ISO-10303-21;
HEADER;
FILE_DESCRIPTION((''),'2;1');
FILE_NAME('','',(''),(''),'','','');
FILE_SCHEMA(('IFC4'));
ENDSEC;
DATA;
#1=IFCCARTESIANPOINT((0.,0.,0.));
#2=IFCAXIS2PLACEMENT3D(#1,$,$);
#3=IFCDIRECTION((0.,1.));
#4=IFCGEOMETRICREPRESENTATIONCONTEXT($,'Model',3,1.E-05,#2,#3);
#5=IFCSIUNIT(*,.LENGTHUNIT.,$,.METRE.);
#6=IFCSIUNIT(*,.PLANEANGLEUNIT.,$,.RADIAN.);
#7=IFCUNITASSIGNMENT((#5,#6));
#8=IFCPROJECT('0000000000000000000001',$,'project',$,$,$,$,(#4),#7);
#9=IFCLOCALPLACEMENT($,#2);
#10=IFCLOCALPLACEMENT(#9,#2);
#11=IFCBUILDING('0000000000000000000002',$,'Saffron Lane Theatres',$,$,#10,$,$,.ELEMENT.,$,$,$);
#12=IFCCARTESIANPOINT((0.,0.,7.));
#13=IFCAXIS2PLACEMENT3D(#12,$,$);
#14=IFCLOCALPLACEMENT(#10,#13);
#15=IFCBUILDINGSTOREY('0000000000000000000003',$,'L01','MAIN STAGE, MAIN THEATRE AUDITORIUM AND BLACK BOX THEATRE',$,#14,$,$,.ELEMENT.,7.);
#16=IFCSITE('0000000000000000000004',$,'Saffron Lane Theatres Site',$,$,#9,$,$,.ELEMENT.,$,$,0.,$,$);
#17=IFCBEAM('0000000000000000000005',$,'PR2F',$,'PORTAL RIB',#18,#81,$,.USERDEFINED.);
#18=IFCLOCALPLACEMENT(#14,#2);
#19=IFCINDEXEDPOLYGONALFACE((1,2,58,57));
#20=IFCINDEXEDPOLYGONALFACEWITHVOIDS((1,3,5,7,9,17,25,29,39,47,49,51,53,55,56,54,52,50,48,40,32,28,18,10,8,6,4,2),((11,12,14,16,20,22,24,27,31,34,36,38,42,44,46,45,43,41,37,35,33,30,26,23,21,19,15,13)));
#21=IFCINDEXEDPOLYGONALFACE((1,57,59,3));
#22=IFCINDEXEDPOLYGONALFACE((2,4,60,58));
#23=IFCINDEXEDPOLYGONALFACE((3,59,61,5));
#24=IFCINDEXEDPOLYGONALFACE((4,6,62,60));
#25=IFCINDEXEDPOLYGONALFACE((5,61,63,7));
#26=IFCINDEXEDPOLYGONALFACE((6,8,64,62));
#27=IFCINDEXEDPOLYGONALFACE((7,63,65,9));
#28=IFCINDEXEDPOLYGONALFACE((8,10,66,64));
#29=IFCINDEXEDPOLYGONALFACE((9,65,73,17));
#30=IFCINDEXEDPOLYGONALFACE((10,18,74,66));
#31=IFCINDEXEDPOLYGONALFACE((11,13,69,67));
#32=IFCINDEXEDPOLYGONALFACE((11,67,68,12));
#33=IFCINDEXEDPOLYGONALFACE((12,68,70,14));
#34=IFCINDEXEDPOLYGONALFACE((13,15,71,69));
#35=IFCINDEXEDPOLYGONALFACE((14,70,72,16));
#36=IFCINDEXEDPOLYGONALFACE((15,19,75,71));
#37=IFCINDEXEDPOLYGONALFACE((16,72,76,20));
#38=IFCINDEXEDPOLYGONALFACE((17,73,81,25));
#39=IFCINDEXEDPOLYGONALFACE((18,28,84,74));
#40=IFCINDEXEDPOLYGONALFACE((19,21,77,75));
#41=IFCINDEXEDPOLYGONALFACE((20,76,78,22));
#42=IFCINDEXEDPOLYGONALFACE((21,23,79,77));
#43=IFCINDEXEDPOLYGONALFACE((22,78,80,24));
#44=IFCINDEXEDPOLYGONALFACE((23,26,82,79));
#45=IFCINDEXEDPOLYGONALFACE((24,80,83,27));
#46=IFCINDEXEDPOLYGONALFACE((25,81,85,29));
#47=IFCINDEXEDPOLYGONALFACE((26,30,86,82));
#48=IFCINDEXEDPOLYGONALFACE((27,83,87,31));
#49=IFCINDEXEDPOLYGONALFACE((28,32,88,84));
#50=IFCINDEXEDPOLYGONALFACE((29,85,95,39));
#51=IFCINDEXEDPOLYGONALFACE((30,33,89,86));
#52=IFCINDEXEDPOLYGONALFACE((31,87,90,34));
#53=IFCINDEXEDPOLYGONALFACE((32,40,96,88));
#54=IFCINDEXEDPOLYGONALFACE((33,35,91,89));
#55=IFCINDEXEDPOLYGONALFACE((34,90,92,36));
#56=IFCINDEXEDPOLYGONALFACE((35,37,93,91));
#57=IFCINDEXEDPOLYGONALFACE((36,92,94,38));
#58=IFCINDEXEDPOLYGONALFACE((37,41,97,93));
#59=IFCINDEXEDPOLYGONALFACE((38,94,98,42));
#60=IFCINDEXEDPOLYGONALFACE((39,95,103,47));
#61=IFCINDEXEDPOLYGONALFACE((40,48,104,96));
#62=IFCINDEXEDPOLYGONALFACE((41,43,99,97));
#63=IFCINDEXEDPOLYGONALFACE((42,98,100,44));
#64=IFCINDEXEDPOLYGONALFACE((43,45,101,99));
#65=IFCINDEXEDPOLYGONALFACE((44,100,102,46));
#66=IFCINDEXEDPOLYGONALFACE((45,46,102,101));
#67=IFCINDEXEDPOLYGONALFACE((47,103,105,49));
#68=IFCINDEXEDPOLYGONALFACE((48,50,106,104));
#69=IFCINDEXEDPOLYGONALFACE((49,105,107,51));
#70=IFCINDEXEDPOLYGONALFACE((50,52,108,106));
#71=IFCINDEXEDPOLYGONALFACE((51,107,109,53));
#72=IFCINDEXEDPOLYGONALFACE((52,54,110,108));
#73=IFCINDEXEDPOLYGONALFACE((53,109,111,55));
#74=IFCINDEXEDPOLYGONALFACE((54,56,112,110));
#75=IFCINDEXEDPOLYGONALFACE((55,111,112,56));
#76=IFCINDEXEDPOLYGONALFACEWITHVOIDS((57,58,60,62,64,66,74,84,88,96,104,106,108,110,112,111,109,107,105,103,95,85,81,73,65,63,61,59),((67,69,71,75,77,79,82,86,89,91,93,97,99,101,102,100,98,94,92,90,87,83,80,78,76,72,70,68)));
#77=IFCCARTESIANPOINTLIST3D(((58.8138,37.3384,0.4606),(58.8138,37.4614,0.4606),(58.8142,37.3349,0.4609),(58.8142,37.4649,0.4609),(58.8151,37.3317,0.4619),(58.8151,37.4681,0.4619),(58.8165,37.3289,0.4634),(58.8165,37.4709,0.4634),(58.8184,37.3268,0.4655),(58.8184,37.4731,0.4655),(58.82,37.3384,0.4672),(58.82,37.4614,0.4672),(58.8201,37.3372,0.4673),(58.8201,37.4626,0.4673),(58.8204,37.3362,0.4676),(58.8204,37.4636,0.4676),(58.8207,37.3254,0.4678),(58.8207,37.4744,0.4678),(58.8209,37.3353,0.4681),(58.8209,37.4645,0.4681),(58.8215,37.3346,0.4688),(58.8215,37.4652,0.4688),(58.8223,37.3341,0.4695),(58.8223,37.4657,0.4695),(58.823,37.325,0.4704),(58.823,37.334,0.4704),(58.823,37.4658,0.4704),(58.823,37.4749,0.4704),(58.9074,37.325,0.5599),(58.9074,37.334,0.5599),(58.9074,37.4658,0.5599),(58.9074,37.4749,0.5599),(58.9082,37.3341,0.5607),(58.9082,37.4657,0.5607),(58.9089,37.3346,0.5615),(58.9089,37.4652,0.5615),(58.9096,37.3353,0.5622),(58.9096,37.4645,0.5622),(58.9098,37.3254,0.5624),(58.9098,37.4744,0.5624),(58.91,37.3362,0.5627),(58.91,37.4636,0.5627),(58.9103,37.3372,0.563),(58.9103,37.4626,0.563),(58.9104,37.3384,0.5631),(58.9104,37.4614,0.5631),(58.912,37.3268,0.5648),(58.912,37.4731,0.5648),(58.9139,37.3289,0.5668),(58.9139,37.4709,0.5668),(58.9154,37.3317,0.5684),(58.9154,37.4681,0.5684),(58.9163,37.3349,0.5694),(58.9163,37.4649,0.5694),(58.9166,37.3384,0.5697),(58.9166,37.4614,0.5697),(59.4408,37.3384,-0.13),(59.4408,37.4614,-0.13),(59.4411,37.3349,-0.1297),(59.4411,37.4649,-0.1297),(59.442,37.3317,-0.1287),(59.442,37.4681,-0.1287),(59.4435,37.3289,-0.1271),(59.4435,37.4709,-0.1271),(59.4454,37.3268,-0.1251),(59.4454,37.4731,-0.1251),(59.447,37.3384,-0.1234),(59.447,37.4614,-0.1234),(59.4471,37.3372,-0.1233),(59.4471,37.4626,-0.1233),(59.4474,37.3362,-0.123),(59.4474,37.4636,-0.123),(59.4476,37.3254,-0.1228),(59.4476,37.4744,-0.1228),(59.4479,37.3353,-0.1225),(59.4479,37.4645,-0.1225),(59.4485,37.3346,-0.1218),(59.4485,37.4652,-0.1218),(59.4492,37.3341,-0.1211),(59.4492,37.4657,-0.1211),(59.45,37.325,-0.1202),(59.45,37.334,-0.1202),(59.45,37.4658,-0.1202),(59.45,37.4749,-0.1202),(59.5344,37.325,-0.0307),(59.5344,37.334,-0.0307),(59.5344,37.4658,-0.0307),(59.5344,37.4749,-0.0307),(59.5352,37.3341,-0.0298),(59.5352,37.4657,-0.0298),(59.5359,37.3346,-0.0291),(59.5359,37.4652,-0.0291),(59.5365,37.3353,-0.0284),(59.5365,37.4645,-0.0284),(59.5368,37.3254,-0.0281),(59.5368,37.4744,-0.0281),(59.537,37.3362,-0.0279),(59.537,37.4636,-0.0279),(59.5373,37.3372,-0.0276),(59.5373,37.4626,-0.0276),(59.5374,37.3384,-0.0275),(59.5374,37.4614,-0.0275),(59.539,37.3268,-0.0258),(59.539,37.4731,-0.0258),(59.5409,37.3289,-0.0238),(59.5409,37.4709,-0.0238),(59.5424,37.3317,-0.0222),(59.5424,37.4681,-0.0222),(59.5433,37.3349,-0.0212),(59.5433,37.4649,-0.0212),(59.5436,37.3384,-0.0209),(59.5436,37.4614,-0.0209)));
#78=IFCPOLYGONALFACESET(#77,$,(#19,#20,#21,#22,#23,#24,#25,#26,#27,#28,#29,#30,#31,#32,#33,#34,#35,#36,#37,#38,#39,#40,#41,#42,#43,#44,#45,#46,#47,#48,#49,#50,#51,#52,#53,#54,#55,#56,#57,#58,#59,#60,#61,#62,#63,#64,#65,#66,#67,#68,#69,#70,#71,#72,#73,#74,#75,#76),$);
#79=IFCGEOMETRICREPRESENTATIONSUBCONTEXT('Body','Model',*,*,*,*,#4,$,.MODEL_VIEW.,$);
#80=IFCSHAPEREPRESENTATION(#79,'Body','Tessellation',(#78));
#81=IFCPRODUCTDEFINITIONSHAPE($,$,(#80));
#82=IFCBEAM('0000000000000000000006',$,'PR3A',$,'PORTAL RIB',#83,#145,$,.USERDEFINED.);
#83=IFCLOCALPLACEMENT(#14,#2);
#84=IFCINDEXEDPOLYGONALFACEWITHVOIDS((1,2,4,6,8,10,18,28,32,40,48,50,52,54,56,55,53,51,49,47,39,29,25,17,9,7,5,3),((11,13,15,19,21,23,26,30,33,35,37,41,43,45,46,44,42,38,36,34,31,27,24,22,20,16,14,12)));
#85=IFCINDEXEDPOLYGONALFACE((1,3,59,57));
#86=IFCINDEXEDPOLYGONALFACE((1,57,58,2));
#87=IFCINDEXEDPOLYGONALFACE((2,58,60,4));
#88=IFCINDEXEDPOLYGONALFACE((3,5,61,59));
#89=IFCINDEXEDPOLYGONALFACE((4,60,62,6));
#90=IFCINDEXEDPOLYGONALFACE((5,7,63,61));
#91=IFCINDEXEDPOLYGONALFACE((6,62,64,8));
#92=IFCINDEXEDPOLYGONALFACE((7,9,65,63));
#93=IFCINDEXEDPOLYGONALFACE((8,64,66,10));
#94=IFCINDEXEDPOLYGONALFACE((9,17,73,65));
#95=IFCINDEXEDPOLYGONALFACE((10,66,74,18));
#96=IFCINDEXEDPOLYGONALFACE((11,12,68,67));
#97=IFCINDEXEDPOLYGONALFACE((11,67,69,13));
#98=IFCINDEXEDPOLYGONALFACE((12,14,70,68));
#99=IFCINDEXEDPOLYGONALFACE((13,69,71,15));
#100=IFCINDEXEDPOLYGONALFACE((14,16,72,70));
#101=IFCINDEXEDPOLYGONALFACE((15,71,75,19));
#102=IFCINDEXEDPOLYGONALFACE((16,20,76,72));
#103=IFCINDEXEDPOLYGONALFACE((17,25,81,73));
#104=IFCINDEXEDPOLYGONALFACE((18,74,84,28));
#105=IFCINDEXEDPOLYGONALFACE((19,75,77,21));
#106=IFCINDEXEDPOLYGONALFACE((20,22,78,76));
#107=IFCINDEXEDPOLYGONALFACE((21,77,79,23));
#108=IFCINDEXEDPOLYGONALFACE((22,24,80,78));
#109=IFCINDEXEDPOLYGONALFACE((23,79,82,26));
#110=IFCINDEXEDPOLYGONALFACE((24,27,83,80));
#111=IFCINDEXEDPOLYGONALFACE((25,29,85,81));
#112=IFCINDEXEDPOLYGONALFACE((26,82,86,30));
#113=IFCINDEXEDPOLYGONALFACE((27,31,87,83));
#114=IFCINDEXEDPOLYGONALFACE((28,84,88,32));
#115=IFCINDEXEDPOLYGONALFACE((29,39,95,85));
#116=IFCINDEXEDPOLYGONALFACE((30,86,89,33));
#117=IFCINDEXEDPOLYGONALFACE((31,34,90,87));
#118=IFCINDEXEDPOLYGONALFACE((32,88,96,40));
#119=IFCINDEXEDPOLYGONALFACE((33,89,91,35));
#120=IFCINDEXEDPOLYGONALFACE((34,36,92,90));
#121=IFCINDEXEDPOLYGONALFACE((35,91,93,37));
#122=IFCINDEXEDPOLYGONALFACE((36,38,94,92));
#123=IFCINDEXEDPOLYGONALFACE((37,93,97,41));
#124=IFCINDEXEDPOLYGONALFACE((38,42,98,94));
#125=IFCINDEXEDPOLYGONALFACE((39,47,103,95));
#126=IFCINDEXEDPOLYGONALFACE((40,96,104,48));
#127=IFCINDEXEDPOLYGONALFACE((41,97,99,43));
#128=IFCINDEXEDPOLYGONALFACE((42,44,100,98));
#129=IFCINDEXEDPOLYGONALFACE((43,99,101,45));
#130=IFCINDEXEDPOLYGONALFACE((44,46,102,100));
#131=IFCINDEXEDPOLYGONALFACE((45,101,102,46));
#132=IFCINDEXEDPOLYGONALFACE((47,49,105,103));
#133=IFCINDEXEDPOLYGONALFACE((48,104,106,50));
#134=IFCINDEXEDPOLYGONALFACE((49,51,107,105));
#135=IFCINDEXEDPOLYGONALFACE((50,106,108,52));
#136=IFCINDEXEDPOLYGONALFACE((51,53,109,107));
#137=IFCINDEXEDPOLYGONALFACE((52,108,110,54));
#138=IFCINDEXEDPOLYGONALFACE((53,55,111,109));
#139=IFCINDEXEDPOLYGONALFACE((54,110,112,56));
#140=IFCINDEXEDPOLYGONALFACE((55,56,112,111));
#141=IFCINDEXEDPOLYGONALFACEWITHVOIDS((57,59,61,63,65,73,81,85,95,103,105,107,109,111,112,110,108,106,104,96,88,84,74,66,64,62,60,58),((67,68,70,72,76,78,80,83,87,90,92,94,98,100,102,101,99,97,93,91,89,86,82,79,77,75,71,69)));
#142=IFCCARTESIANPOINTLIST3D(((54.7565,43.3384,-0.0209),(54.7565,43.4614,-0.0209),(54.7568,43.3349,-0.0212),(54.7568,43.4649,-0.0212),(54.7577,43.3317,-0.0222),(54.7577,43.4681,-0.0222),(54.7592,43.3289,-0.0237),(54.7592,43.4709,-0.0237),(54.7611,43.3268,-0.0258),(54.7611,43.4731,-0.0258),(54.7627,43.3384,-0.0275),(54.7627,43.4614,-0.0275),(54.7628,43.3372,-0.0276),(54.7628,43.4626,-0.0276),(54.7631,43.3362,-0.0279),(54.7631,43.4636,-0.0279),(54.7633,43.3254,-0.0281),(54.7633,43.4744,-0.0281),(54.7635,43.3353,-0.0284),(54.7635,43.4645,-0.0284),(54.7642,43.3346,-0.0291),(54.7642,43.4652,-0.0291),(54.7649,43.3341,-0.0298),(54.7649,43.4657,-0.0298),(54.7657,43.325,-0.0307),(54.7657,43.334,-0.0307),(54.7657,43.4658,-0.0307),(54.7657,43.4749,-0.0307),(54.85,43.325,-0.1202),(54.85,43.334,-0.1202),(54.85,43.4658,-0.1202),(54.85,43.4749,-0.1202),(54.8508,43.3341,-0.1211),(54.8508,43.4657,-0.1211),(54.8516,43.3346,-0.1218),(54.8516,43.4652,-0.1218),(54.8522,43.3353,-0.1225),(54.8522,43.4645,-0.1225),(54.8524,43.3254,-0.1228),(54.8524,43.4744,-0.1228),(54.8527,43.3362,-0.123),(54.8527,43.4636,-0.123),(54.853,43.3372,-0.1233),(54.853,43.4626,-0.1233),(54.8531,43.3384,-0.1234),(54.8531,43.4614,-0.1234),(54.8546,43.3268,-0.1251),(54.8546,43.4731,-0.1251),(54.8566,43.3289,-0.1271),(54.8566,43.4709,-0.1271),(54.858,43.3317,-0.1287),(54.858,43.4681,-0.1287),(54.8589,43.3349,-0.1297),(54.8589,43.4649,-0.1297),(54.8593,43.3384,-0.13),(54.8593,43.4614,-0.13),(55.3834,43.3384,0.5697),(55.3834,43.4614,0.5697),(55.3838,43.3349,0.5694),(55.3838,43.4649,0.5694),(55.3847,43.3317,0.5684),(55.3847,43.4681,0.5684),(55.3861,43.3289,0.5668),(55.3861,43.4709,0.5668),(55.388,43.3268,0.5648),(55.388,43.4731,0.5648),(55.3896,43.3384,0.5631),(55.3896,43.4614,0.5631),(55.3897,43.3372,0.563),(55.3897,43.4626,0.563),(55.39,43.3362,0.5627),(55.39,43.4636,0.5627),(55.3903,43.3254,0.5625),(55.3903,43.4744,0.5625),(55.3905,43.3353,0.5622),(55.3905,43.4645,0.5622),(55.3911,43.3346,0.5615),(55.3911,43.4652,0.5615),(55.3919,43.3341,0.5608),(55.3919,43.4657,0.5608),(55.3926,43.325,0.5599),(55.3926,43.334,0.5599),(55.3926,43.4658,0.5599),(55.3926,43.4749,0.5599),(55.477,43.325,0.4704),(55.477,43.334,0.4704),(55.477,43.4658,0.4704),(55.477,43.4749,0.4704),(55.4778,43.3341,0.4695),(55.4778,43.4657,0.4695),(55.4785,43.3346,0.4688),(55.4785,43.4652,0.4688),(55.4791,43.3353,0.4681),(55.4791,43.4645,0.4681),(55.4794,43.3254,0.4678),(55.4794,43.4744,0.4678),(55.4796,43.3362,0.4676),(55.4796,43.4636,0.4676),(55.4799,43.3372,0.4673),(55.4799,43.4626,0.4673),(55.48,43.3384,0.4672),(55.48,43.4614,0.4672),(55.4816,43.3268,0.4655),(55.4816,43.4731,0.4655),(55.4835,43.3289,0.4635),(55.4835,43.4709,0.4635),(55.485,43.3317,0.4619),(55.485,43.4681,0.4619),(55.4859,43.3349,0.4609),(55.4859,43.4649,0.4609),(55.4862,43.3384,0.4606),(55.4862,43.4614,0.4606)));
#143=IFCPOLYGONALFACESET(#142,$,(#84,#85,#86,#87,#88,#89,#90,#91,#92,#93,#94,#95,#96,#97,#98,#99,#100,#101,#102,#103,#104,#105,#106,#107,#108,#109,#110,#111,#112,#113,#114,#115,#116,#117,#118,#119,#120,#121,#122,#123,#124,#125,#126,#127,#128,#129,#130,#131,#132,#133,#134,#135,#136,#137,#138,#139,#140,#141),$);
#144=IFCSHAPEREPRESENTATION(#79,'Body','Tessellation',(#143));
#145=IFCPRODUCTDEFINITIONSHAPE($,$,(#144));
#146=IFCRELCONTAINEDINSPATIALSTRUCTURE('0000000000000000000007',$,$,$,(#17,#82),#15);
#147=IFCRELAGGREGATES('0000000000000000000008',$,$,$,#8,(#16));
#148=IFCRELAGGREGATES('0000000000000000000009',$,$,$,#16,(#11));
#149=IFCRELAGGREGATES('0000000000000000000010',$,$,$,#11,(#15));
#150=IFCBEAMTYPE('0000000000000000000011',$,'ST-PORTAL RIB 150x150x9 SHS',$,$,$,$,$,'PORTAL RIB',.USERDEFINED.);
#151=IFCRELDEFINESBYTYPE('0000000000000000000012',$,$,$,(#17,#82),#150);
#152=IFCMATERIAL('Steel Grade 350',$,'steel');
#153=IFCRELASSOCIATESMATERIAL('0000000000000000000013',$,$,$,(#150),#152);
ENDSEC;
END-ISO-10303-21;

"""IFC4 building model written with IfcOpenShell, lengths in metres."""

from ifc_helpers import new_model, si_unit, direction, frame, origin, origin_2d, place, context, subcontext, project, spatial, hollow_rectangle, extrude, material, material_profile, profile_set, type_object, element, save


model = new_model("IFC4")

# Units and contexts
model_context = context("Model", 3, precision=1e-05, world=origin(), true_north=direction((0.0, 1.0)))
body_context = subcontext(model_context, "Body", "Model", "MODEL_VIEW")
ifc_project = project(units=[si_unit("LENGTHUNIT", "METRE"), si_unit("PLANEANGLEUNIT", "RADIAN")], contexts=[model_context])

# Site, building, storey
site_placement = place(None, origin())
site = spatial("IfcSite", under=ifc_project, at=site_placement, Name="Saffron Lane Theatres Site", CompositionType="ELEMENT", RefElevation=0.0)
building_placement = place(site_placement, origin())
building = spatial("IfcBuilding", under=site, at=building_placement, Name="Saffron Lane Theatres", CompositionType="ELEMENT")
storey_placement = place(building_placement, frame((0.0, 0.0, 7.0)))
storey = spatial("IfcBuildingStorey", under=building, at=storey_placement, Name="L01", Description="MAIN STAGE, MAIN THEATRE AUDITORIUM AND BLACK BOX THEATRE", CompositionType="ELEMENT", Elevation=7.0)

# Beams
ifc_material_1 = material(Name="Steel Grade 350", Category="steel")
ifc_material_profile_1 = material_profile(ifc_material_1, hollow_rectangle(XDim=0.1499, YDim=0.1499, WallThickness=0.009, InnerFilletRadius=0.0044, OuterFilletRadius=0.0134, at=origin_2d()))
ifc_profile_set_1 = profile_set([ifc_material_profile_1], Name="Steel Grade 350")
beam_type_1 = type_object("IfcBeamType", Name="ST-PORTAL RIB 150x150x9 SHS", ElementType="PORTAL RIB", PredefinedType="USERDEFINED", material=ifc_profile_set_1)
for number, where, z_axis, x_axis, name in (
    (1, (58.8652, 37.3999, 0.5151), (0.727909, 0.0, -0.685674), (0.0, 1.0, 0.0), "PR2F"),
    (2, (54.8079, 43.3999, -0.0754), (0.727909, 0.0, 0.685674), (0.0, 1.0, 0.0), "PR3A"),
):
    element("IfcBeam", number, at=place(storey_placement, frame(where, z_axis=z_axis, x_axis=x_axis)), inside=storey, type_object=beam_type_1, Name=name, ObjectType="PORTAL RIB", PredefinedType="USERDEFINED", context=body_context, shape_type="SweptSolid", body=[
        extrude(hollow_rectangle(XDim=0.1499, YDim=0.1499, WallThickness=0.009, InnerFilletRadius=0.0044, OuterFilletRadius=0.0134, at=origin_2d()), origin(), (0.0, 0.0, 1.0), 0.8613),
    ])

save(model, "model.ifc")
